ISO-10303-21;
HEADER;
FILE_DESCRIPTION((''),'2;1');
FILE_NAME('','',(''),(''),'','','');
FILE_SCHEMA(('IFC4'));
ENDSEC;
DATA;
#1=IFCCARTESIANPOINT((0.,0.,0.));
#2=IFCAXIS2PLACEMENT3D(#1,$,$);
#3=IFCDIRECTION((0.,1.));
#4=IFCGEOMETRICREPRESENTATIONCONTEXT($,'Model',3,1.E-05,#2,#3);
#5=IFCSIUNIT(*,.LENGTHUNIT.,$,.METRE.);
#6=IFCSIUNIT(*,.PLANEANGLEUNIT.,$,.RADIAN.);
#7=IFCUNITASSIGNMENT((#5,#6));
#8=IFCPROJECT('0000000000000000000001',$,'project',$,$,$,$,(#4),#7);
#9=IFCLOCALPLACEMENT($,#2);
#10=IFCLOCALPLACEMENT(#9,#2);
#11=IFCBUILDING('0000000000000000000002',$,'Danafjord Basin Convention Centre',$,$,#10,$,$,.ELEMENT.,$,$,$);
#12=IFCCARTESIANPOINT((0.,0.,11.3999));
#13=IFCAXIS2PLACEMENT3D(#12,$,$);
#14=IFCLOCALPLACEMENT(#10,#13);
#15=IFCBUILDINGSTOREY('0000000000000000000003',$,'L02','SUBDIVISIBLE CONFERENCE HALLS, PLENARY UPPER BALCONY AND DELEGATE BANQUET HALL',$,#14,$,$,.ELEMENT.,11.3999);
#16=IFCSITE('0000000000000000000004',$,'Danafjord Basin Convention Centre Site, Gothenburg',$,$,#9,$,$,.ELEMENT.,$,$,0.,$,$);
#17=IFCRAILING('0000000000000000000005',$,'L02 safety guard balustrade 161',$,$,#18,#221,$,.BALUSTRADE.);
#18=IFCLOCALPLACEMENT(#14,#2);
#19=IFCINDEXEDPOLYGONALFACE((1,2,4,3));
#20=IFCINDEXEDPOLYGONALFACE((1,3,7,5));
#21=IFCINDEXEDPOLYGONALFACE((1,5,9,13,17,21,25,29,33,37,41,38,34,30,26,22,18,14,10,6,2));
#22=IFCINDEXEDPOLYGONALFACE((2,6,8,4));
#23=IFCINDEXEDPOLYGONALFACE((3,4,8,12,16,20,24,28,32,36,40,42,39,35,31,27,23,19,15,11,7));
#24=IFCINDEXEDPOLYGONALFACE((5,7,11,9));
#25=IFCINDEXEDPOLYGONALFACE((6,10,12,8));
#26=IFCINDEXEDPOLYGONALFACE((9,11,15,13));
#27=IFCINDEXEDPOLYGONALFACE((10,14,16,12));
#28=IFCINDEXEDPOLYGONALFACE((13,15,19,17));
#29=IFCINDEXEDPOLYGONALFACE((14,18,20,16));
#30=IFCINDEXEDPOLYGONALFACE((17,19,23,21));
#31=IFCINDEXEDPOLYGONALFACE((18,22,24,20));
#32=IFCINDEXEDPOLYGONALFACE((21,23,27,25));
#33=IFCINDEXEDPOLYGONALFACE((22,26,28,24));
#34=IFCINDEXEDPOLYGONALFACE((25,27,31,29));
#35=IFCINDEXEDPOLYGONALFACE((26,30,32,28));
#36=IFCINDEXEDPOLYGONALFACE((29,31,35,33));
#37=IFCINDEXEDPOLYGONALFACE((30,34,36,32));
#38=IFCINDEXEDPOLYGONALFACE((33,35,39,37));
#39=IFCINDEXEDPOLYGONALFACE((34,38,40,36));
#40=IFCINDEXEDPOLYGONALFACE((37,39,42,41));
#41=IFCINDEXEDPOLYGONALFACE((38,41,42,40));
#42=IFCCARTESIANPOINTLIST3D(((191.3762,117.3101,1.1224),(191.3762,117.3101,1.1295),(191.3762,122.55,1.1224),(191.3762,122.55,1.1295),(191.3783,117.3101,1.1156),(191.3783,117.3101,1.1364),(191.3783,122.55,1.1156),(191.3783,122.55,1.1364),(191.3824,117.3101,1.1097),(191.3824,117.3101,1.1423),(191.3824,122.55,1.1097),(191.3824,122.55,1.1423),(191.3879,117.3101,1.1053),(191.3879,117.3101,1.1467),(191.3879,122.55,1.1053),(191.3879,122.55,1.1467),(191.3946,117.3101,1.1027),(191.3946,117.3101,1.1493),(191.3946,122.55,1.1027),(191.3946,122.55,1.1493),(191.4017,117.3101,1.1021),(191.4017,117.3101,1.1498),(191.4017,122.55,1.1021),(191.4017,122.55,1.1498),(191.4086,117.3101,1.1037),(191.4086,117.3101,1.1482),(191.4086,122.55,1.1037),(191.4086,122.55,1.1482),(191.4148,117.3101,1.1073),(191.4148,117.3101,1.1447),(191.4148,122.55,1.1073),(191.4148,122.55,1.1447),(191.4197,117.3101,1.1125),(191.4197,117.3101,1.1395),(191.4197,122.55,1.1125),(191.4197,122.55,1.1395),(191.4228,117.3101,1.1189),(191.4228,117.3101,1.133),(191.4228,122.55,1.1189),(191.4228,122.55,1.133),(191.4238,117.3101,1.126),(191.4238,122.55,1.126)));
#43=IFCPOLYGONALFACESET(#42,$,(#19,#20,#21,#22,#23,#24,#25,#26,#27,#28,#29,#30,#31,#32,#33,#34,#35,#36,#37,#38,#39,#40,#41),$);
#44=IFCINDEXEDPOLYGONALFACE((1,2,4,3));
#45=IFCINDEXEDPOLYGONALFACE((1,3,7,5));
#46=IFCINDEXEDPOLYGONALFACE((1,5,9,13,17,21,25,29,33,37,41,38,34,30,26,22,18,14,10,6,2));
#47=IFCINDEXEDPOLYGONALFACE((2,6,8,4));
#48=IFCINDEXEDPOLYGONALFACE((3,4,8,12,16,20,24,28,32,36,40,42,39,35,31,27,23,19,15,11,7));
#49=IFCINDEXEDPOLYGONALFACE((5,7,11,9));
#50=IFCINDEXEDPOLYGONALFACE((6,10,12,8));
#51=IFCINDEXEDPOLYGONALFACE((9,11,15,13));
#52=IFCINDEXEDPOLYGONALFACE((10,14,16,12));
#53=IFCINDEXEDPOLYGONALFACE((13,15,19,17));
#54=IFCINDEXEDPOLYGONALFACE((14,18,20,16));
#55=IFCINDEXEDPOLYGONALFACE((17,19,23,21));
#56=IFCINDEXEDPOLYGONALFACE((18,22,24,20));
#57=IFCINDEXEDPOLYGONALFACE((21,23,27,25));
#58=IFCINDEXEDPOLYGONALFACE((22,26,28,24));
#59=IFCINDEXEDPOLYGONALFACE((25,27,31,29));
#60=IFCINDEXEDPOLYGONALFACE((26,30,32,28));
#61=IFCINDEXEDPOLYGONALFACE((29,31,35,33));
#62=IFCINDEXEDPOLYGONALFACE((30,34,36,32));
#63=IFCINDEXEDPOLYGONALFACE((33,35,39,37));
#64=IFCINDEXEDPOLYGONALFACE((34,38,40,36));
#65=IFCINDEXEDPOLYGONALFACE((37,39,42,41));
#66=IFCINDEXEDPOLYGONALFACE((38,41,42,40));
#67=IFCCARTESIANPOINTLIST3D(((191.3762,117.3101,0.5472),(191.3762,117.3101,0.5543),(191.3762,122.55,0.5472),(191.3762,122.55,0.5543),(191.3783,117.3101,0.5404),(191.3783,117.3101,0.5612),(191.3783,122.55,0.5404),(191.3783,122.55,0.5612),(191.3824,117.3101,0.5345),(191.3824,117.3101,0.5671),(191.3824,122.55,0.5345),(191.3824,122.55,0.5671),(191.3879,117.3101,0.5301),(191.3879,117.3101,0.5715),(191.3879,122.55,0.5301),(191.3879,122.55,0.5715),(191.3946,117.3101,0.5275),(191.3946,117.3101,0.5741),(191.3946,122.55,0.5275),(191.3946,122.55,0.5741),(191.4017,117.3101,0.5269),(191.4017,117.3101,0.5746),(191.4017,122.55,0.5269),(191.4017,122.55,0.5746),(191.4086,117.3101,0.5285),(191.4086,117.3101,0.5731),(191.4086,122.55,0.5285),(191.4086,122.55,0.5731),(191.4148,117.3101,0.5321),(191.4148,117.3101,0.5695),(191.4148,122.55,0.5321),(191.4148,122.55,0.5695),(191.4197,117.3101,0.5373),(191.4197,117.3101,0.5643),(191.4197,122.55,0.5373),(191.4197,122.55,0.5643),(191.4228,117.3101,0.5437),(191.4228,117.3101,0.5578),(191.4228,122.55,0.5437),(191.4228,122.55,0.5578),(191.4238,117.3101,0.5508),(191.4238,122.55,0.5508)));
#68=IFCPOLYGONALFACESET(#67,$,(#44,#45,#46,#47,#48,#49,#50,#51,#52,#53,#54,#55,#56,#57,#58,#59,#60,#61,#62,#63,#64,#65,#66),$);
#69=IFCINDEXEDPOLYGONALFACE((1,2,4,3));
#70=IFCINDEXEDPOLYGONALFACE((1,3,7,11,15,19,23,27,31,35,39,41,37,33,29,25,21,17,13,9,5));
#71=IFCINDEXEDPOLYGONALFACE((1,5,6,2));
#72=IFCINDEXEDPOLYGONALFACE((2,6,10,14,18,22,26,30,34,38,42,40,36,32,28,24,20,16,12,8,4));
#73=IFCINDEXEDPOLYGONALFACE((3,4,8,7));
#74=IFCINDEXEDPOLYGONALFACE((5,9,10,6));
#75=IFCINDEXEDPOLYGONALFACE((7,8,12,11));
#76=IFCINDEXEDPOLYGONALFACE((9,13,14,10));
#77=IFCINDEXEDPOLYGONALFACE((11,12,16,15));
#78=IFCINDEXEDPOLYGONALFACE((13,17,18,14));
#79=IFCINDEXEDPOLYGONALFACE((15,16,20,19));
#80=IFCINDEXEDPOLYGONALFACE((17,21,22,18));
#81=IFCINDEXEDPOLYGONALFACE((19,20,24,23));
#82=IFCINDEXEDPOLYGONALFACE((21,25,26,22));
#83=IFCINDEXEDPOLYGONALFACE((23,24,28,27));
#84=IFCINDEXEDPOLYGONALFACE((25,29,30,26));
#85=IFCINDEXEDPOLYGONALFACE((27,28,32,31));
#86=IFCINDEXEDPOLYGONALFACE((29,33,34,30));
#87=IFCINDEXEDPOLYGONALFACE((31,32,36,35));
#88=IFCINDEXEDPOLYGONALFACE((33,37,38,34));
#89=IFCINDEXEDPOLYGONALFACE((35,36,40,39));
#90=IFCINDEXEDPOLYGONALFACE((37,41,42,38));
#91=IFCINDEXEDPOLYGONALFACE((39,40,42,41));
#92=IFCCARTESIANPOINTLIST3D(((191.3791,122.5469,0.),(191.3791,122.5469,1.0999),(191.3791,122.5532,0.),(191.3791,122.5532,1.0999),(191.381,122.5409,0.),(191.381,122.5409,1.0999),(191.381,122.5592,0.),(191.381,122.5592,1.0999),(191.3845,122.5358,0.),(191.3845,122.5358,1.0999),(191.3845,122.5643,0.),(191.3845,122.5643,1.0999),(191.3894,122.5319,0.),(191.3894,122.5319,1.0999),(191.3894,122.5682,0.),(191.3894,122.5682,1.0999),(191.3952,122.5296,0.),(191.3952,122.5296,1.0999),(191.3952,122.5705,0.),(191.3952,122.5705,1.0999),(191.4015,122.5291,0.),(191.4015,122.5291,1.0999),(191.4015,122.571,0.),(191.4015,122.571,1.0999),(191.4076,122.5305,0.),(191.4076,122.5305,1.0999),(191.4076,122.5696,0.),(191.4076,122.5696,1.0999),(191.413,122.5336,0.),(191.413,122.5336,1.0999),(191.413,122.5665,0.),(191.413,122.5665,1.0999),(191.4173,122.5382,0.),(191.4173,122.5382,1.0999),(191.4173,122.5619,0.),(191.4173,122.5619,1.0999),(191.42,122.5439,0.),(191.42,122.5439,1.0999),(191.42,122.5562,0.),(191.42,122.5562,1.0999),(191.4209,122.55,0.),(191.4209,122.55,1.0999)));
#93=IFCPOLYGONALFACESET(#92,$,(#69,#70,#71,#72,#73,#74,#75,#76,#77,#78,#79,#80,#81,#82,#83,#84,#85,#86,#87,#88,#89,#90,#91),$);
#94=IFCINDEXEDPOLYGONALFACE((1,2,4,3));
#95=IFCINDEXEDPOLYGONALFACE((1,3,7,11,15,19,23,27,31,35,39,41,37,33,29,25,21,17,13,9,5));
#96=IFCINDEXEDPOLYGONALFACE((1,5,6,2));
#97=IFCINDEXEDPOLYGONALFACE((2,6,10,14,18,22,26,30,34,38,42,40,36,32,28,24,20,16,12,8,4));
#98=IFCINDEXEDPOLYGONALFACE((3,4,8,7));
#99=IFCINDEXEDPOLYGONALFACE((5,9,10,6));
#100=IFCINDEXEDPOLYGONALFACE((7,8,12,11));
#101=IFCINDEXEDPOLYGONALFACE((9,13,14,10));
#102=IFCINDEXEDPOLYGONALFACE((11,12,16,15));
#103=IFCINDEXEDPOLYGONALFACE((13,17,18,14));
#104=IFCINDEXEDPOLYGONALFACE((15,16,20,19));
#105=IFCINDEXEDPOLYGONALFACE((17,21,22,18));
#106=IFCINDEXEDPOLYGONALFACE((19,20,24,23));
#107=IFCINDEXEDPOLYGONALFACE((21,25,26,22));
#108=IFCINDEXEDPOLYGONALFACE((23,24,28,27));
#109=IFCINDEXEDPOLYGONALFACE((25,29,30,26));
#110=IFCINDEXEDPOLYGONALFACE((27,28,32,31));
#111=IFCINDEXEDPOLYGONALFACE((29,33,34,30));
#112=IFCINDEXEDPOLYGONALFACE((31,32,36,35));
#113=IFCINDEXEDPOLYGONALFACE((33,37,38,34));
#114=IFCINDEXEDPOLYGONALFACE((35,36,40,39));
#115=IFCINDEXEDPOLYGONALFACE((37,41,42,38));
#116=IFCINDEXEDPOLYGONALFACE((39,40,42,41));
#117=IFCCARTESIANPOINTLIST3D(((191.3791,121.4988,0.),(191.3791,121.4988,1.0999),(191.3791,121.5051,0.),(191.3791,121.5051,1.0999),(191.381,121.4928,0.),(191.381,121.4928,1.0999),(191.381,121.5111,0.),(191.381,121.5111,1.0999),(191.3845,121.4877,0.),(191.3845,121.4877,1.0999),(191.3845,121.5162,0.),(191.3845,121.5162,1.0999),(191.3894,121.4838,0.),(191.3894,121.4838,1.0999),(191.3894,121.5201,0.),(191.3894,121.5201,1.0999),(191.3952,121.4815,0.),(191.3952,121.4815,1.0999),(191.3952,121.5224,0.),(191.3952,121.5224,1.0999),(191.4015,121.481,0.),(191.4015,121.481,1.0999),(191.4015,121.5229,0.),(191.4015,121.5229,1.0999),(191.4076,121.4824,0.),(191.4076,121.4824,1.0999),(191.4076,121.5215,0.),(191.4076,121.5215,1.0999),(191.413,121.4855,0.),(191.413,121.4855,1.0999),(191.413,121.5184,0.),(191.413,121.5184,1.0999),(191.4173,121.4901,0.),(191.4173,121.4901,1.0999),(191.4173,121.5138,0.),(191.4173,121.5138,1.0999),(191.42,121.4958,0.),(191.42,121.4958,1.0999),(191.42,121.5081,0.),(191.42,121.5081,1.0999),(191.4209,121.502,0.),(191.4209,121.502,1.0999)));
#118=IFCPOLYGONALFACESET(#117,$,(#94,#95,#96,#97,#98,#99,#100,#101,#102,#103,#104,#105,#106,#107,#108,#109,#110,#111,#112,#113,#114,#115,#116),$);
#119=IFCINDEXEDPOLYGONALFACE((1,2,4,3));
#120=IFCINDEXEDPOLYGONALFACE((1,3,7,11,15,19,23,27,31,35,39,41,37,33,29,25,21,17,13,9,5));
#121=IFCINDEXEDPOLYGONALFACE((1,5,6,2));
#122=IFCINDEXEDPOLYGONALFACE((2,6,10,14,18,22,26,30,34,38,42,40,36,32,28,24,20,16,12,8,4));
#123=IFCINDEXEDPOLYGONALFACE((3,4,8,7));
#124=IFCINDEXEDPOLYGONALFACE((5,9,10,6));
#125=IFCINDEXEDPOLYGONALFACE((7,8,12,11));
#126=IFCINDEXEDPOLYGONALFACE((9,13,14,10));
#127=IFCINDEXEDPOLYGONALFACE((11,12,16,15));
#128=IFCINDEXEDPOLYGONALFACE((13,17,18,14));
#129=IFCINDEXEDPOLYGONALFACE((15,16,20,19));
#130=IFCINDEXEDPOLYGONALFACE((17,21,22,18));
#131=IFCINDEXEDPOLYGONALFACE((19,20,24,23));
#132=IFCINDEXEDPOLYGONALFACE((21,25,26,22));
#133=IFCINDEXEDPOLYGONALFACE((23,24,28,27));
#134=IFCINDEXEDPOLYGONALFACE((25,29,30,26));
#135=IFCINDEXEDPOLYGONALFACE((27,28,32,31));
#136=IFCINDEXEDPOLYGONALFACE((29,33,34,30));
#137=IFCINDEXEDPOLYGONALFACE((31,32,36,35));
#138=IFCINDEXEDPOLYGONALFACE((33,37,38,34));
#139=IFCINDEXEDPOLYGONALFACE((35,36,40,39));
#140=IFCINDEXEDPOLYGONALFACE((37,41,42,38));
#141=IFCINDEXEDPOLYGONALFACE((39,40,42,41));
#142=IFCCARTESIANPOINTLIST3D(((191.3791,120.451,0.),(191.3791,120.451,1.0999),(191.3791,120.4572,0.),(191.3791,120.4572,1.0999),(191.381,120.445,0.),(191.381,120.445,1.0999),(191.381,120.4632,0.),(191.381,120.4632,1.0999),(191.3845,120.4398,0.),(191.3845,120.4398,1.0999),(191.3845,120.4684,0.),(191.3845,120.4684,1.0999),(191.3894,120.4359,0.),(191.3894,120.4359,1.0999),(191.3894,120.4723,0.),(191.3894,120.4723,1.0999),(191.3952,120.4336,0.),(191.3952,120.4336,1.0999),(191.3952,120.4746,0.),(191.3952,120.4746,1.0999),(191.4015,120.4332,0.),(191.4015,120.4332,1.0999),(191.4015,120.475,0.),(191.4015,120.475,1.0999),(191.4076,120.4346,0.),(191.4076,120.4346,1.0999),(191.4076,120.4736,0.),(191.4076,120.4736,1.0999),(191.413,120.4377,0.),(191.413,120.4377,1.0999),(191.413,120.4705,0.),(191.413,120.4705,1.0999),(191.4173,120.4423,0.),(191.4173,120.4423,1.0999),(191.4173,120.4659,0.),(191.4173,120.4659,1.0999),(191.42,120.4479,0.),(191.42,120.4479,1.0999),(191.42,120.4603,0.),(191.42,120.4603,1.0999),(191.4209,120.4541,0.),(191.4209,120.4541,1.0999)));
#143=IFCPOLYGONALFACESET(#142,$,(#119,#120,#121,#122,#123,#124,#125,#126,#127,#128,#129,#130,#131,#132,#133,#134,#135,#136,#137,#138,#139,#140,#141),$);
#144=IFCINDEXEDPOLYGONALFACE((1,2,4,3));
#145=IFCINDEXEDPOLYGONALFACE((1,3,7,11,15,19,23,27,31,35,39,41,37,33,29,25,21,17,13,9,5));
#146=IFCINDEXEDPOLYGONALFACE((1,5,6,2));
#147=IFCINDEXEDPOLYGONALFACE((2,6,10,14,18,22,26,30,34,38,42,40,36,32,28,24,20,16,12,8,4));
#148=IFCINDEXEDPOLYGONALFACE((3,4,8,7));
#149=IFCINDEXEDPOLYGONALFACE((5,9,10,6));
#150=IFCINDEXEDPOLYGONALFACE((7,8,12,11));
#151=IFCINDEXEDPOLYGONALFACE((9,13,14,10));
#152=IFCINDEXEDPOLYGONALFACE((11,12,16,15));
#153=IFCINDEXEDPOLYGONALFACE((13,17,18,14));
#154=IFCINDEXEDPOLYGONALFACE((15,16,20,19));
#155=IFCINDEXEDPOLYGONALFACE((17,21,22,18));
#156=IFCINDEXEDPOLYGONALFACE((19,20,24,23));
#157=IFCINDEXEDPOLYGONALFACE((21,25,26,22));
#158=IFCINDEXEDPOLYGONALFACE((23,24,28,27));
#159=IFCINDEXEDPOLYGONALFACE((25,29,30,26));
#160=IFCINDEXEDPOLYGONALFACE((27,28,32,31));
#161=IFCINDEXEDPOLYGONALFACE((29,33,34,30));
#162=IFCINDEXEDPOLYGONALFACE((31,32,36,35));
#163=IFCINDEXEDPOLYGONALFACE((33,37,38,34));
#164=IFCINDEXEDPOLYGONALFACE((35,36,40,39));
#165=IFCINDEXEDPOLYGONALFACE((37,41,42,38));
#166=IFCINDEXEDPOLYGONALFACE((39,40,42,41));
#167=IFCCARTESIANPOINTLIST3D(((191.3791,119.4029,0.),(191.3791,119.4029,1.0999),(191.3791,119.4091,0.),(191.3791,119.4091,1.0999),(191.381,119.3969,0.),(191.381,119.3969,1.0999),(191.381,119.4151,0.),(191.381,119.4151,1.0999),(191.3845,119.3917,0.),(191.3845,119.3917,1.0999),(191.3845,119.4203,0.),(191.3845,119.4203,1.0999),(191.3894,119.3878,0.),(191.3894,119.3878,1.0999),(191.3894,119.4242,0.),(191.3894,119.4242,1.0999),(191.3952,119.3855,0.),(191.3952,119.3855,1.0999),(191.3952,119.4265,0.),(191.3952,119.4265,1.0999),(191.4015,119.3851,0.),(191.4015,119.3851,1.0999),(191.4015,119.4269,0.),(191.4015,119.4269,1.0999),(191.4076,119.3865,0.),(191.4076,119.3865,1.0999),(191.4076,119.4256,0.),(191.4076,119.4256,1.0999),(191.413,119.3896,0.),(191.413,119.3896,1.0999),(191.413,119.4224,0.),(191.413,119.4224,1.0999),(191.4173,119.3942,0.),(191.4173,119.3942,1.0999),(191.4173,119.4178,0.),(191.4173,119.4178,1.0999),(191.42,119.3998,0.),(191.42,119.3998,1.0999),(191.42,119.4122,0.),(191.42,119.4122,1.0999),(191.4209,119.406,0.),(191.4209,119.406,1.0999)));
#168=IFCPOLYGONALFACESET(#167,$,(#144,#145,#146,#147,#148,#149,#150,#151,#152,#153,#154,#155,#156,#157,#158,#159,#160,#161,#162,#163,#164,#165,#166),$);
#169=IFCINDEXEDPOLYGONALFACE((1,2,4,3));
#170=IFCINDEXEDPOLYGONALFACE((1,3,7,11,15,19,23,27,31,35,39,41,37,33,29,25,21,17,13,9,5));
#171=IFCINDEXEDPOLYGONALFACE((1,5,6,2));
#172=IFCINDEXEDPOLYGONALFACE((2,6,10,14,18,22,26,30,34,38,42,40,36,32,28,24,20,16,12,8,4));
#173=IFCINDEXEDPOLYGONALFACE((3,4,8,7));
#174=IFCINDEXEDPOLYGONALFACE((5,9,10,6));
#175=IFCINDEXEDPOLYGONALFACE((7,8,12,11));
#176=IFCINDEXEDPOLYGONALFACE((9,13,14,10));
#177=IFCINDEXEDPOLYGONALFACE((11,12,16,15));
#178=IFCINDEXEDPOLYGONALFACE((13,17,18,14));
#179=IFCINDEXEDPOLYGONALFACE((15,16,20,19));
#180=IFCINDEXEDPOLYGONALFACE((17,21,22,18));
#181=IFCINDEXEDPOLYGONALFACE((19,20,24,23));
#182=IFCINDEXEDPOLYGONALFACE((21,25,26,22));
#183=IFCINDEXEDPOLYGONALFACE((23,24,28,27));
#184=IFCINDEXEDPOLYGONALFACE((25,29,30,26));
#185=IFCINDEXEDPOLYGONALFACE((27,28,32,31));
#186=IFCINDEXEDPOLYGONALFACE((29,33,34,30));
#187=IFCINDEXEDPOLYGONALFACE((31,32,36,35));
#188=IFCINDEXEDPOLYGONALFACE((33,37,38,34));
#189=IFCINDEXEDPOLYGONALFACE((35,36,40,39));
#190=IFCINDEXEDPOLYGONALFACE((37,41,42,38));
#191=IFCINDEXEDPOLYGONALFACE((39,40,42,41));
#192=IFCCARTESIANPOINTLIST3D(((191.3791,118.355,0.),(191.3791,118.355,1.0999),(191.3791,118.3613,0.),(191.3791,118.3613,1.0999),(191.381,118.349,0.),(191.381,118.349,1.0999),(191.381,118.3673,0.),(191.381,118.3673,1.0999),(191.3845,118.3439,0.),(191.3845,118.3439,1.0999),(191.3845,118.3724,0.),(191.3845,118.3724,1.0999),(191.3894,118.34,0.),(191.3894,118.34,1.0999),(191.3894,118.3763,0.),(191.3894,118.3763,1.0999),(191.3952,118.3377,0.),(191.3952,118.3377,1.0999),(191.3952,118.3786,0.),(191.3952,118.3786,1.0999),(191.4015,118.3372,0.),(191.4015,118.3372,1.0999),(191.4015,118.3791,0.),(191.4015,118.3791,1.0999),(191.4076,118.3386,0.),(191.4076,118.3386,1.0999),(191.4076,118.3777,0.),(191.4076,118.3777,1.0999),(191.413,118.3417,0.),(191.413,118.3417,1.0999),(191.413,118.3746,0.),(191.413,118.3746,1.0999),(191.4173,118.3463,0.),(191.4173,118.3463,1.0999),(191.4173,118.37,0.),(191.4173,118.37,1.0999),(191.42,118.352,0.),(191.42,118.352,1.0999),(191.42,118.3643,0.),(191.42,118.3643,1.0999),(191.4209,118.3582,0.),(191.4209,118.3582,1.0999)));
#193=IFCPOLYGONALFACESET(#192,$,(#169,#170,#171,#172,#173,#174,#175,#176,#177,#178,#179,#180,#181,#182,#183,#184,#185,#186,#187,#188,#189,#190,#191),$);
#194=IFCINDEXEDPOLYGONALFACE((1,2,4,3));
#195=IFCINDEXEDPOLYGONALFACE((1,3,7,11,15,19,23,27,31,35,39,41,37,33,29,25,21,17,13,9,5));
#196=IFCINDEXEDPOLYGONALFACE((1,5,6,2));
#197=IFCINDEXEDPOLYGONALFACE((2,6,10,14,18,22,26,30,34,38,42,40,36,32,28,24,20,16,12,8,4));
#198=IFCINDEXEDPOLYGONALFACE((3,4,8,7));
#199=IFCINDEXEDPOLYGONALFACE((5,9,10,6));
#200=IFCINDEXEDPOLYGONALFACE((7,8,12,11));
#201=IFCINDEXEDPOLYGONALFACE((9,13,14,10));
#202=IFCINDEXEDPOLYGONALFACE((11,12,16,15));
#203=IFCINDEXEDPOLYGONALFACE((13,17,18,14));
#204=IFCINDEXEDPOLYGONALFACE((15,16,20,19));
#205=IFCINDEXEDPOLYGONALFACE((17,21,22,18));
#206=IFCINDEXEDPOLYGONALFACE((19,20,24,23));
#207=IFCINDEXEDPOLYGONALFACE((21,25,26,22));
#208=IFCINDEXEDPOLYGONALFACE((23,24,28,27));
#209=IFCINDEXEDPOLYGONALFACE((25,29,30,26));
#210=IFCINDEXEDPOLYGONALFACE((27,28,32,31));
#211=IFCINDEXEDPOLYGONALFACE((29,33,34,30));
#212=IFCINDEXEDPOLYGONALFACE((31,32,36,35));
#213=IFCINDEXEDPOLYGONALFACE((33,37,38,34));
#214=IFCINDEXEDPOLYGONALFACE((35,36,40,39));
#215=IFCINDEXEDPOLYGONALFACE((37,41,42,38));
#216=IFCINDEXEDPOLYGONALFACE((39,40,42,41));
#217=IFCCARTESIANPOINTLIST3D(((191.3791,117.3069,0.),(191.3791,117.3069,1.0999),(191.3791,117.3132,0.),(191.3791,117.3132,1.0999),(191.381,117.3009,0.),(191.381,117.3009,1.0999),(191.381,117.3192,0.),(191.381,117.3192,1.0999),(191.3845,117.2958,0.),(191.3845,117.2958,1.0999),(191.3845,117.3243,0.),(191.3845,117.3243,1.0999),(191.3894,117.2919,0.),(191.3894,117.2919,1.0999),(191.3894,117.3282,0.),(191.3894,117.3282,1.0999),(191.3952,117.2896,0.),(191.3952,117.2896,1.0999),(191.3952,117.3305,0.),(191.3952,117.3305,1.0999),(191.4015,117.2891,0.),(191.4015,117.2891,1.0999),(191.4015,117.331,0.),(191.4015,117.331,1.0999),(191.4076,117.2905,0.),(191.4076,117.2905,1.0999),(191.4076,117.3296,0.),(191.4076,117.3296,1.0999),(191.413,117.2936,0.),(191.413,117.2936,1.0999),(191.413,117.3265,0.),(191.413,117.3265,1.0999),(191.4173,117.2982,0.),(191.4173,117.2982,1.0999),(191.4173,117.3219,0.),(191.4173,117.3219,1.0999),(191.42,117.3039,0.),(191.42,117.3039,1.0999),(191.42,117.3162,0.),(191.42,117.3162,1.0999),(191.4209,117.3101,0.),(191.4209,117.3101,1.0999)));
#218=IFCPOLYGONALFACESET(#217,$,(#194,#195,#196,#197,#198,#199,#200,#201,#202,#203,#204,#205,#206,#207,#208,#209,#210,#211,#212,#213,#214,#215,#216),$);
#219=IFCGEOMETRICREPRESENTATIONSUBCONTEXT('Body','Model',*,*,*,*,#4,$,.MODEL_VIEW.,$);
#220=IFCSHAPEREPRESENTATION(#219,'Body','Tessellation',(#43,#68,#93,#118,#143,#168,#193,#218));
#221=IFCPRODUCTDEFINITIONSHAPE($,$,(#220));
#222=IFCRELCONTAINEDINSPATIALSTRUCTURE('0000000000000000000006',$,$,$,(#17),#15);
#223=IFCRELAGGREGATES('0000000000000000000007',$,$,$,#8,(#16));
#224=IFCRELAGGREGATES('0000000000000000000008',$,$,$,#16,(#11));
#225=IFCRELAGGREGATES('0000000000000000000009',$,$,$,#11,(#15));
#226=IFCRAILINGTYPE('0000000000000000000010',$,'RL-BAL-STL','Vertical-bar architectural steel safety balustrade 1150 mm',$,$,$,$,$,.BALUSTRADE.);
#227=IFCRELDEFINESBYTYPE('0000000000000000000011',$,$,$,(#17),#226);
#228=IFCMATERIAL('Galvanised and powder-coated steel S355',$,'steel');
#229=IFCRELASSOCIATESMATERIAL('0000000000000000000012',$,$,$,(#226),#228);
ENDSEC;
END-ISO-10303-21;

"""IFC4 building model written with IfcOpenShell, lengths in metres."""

from ifc_helpers import new_model, si_unit, direction, frame, origin, origin_2d, place, context, subcontext, project, spatial, circle, extrude, material, type_object, element, save


model = new_model("IFC4")

# Units and contexts
model_context = context("Model", 3, precision=1e-05, world=origin(), true_north=direction((0.0, 1.0)))
body_context = subcontext(model_context, "Body", "Model", "MODEL_VIEW")
ifc_project = project(units=[si_unit("LENGTHUNIT", "METRE"), si_unit("PLANEANGLEUNIT", "RADIAN")], contexts=[model_context])

# Site, building, storey
site_placement = place(None, origin())
site = spatial("IfcSite", under=ifc_project, at=site_placement, Name="Danafjord Basin Convention Centre Site, Gothenburg", CompositionType="ELEMENT", RefElevation=0.0)
building_placement = place(site_placement, origin())
building = spatial("IfcBuilding", under=site, at=building_placement, Name="Danafjord Basin Convention Centre", CompositionType="ELEMENT")
storey_placement = place(building_placement, frame((0.0, 0.0, 11.3999)))
storey = spatial("IfcBuildingStorey", under=building, at=storey_placement, Name="L02", Description="SUBDIVISIBLE CONFERENCE HALLS, PLENARY UPPER BALCONY AND DELEGATE BANQUET HALL", CompositionType="ELEMENT", Elevation=11.3999)

# Railing
ifc_material_1 = material(Name="Galvanised and powder-coated steel S355", Category="steel")
railing_type_1 = type_object("IfcRailingType", Name="RL-BAL-STL", Description="Vertical-bar architectural steel safety balustrade 1150 mm", PredefinedType="BALUSTRADE", material=ifc_material_1)
railing_1_placement = place(storey_placement, frame((191.3999, 122.55, 0.0)))
element("IfcRailing", 1, at=railing_1_placement, inside=storey, type_object=railing_type_1, Name="L02 safety guard balustrade 161", PredefinedType="BALUSTRADE", context=body_context, shape_type="SweptSolid", body=[
    extrude(circle(Radius=0.0239, at=origin_2d()), frame((0.0, 0.0, 1.126), z_axis=(0.0, -1.0, 0.0), x_axis=(1.0, 0.0, 0.0)), (0.0, 0.0, 1.0), 5.24),
    extrude(circle(Radius=0.0239, at=origin_2d()), frame((0.0, 0.0, 0.5508), z_axis=(0.0, -1.0, 0.0), x_axis=(1.0, 0.0, 0.0)), (0.0, 0.0, 1.0), 5.24),
    extrude(circle(Radius=0.021, at=origin_2d()), origin(), (0.0, 0.0, 1.0), 1.0999),
    extrude(circle(Radius=0.021, at=origin_2d()), frame((0.0, -1.0481, 0.0)), (0.0, 0.0, 1.0), 1.0999),
    extrude(circle(Radius=0.021, at=origin_2d()), frame((0.0, -2.0959, 0.0)), (0.0, 0.0, 1.0), 1.0999),
    extrude(circle(Radius=0.021, at=origin_2d()), frame((0.0, -3.144, 0.0)), (0.0, 0.0, 1.0), 1.0999),
    extrude(circle(Radius=0.021, at=origin_2d()), frame((0.0, -4.1919, 0.0)), (0.0, 0.0, 1.0), 1.0999),
    extrude(circle(Radius=0.021, at=origin_2d()), frame((0.0, -5.24, 0.0)), (0.0, 0.0, 1.0), 1.0999),
])

save(model, "model.ifc")
